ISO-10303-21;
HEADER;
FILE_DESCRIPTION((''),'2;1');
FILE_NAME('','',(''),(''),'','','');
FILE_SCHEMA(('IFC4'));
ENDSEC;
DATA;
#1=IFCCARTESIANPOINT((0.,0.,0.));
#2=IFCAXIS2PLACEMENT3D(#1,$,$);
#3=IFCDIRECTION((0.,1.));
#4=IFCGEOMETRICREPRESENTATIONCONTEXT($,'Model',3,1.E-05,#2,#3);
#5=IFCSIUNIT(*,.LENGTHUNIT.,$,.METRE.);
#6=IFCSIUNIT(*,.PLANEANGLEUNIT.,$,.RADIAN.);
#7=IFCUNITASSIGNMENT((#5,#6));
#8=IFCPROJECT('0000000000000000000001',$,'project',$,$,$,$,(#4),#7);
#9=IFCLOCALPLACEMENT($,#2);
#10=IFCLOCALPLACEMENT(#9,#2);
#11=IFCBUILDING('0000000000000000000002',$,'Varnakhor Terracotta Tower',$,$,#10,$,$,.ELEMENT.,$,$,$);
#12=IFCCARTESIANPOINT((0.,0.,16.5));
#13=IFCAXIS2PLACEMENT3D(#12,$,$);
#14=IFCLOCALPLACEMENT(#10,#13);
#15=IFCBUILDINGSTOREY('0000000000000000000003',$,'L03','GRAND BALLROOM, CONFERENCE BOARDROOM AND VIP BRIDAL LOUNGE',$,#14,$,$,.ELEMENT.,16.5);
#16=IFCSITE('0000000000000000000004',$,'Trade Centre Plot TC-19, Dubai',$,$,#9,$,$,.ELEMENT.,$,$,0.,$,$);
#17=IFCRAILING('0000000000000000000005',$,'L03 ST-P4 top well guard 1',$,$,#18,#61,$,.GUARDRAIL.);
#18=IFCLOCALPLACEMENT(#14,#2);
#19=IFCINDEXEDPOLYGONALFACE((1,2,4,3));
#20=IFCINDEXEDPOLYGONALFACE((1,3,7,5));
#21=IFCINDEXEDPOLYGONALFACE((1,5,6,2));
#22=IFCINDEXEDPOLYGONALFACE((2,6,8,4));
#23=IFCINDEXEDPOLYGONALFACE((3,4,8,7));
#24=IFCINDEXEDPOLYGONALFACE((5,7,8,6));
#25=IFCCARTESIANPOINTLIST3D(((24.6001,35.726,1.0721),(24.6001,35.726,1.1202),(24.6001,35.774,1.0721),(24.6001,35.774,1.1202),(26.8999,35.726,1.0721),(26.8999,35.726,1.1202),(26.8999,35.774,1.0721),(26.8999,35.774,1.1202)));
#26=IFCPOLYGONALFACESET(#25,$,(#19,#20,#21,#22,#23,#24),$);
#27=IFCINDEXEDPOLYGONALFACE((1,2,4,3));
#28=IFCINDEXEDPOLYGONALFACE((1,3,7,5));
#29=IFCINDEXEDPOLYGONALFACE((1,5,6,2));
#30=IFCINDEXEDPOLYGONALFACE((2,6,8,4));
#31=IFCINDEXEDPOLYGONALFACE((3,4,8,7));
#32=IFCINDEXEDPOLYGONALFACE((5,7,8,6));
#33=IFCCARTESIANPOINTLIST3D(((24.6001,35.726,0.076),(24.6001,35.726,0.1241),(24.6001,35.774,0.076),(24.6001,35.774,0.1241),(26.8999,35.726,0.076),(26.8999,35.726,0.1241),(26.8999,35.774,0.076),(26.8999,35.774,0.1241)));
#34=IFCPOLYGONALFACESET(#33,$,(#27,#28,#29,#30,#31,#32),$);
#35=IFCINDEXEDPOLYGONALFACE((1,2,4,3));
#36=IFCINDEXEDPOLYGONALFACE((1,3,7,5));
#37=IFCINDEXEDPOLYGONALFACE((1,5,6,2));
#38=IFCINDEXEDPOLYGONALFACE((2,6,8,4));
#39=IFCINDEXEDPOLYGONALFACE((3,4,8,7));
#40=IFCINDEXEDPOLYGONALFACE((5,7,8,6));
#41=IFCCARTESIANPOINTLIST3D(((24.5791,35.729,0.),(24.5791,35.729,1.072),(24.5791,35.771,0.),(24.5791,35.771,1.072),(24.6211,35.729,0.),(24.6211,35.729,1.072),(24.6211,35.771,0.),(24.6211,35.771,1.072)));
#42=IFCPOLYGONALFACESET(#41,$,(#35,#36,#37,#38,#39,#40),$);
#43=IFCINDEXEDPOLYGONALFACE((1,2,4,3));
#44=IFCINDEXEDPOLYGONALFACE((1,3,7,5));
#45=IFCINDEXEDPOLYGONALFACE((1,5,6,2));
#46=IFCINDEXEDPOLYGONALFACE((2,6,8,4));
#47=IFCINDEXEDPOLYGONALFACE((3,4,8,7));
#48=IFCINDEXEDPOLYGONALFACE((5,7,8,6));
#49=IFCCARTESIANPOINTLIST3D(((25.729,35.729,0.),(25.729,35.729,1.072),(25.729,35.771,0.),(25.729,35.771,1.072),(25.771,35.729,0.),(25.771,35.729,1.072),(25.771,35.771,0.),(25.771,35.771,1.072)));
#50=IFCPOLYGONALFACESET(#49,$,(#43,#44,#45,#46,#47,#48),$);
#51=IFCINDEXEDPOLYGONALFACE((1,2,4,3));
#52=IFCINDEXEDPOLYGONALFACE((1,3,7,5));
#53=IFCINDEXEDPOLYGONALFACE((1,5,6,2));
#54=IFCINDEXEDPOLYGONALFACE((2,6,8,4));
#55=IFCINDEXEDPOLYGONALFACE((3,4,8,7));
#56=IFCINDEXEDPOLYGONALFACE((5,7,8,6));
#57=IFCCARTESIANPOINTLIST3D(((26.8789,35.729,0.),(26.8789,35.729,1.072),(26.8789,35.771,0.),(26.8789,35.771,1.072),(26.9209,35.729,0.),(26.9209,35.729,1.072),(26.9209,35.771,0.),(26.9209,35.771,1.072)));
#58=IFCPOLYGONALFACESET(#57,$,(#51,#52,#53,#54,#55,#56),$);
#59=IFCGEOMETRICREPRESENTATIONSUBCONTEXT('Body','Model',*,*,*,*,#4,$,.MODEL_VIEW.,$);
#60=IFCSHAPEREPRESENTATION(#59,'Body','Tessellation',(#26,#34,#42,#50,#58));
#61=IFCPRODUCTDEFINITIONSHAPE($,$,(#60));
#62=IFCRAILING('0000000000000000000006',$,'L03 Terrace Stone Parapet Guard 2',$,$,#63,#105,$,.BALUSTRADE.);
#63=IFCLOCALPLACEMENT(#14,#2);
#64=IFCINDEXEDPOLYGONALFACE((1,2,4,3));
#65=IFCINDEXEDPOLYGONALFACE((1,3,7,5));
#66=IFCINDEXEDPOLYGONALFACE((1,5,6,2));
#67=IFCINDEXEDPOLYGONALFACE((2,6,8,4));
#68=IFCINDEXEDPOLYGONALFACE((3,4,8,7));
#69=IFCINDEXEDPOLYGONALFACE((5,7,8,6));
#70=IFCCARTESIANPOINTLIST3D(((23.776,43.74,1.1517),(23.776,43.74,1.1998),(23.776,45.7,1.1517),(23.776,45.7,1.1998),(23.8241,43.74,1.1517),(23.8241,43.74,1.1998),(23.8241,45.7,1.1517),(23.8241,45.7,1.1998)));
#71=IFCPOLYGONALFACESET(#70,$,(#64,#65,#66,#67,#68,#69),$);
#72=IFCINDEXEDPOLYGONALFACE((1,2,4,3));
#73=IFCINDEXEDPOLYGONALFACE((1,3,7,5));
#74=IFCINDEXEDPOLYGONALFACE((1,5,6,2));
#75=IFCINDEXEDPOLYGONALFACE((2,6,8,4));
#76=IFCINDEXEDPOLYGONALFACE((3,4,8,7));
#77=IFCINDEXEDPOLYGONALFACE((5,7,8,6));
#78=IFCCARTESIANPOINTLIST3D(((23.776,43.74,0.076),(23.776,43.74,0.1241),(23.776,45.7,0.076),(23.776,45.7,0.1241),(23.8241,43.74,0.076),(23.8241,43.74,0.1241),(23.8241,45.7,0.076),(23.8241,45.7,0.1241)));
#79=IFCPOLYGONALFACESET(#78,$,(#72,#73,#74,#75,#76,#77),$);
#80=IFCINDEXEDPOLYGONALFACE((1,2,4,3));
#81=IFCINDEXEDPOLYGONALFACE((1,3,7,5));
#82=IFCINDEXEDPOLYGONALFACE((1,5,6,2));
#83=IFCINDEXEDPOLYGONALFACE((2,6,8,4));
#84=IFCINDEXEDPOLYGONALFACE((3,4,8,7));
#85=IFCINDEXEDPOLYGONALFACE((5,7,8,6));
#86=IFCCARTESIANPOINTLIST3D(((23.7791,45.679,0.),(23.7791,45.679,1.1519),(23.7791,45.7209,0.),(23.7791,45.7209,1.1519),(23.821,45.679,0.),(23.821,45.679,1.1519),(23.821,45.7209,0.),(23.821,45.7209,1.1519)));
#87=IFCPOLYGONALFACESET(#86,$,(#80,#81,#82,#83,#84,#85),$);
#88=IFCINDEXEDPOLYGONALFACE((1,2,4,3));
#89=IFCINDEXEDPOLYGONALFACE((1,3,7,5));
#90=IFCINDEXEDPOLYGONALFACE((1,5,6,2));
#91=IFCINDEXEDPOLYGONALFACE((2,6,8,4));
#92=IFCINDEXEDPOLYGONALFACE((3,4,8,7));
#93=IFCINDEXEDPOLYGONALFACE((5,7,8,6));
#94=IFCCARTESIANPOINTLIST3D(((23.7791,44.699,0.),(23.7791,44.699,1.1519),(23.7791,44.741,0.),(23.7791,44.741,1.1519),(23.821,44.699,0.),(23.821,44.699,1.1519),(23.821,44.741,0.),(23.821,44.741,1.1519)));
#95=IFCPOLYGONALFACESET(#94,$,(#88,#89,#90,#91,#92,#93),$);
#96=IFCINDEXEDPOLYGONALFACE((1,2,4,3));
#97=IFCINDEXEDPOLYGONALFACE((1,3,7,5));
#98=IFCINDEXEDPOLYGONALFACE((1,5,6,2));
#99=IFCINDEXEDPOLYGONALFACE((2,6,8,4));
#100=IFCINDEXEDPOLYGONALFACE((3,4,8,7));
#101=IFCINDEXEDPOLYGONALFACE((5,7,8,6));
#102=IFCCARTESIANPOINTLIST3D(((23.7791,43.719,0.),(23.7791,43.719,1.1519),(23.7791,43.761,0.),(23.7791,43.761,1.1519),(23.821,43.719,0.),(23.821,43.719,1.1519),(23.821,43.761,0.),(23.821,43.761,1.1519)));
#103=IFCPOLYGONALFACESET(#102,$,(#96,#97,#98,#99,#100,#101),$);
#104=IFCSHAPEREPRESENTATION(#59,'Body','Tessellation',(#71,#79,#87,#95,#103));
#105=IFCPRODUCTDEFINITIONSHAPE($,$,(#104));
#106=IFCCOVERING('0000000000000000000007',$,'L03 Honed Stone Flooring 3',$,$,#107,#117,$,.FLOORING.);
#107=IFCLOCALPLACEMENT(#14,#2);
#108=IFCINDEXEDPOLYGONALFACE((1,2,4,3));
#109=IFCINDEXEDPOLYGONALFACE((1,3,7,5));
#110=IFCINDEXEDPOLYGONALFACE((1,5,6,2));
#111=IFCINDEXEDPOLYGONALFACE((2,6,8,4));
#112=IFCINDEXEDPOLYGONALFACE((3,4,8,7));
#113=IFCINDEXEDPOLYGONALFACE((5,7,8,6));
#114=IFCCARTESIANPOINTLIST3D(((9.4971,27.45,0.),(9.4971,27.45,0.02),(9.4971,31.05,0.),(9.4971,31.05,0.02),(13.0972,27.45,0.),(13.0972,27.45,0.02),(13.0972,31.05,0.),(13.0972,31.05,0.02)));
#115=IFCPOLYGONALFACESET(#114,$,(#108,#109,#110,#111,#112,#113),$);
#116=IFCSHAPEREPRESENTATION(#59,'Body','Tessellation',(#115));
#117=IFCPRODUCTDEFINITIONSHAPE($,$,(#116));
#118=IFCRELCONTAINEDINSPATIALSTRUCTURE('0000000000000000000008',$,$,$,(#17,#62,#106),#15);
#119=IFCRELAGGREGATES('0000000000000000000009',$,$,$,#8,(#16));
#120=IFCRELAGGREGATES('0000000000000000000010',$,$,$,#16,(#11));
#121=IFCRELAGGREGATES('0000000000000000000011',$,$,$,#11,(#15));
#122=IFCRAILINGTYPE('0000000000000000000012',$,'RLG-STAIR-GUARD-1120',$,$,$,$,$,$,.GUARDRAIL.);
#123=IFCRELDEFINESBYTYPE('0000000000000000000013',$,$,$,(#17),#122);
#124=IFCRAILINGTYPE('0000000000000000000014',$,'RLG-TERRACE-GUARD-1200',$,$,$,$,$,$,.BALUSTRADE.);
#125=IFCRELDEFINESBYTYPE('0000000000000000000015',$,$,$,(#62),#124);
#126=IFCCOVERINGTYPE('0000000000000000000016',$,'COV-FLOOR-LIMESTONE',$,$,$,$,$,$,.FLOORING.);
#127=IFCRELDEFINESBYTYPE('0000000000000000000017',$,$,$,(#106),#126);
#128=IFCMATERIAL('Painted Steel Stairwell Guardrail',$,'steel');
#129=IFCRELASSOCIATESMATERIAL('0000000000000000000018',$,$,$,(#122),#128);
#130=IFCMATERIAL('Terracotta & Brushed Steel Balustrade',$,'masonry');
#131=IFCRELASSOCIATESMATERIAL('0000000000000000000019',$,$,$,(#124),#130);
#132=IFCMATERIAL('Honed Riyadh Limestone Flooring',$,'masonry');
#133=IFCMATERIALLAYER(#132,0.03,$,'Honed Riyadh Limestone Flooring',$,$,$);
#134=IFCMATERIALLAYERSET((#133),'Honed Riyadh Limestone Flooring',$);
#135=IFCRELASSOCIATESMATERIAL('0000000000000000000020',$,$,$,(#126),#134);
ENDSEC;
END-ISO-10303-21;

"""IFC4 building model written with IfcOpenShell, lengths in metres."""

from ifc_helpers import new_model, si_unit, direction, frame, origin, origin_2d, place, context, subcontext, project, spatial, rectangle, extrude, source, transform, mapped, material, layer, layer_set, type_object, element, save


model = new_model("IFC4")

# Units and contexts
model_context = context("Model", 3, precision=1e-05, world=origin(), true_north=direction((0.0, 1.0)))
body_context = subcontext(model_context, "Body", "Model", "MODEL_VIEW")
ifc_project = project(units=[si_unit("LENGTHUNIT", "METRE"), si_unit("PLANEANGLEUNIT", "RADIAN")], contexts=[model_context])

# Site, building, storey
site_placement = place(None, origin())
site = spatial("IfcSite", under=ifc_project, at=site_placement, Name="Trade Centre Plot TC-19, Dubai", CompositionType="ELEMENT", RefElevation=0.0)
building_placement = place(site_placement, origin())
building = spatial("IfcBuilding", under=site, at=building_placement, Name="Varnakhor Terracotta Tower", CompositionType="ELEMENT")
storey_placement = place(building_placement, frame((0.0, 0.0, 16.5)))
storey = spatial("IfcBuildingStorey", under=building, at=storey_placement, Name="L03", Description="GRAND BALLROOM, CONFERENCE BOARDROOM AND VIP BRIDAL LOUNGE", CompositionType="ELEMENT", Elevation=16.5)

# Railings
ifc_material_1 = material(Name="Painted Steel Stairwell Guardrail", Category="steel")
railing_type_1 = type_object("IfcRailingType", Name="RLG-STAIR-GUARD-1120", PredefinedType="GUARDRAIL", material=ifc_material_1)
railing_1_placement = place(storey_placement, frame((24.6001, 35.75, 0.0)))
element("IfcRailing", 1, at=railing_1_placement, inside=storey, type_object=railing_type_1, Name="L03 ST-P4 top well guard 1", PredefinedType="GUARDRAIL", context=body_context, shape_type="SweptSolid", body=[
    extrude(rectangle(XDim=0.0481, YDim=0.0481, at=origin_2d()), frame((0.0, 0.0, 1.0962), z_axis=(1.0, 0.0, 0.0), x_axis=(0.0, 1.0, 0.0)), (0.0, 0.0, 1.0), 2.2998),
    extrude(rectangle(XDim=0.0481, YDim=0.0481, at=origin_2d()), frame((0.0, 0.0, 0.1001), z_axis=(1.0, 0.0, 0.0), x_axis=(0.0, 1.0, 0.0)), (0.0, 0.0, 1.0), 2.2998),
    extrude(rectangle(XDim=0.042, YDim=0.042, at=origin_2d()), origin(), (0.0, 0.0, 1.0), 1.072),
    extrude(rectangle(XDim=0.042, YDim=0.042, at=origin_2d()), frame((1.1499, 0.0, 0.0)), (0.0, 0.0, 1.0), 1.072),
    extrude(rectangle(XDim=0.042, YDim=0.042, at=origin_2d()), frame((2.2998, 0.0, 0.0)), (0.0, 0.0, 1.0), 1.072),
])
ifc_material_2 = material(Name="Terracotta & Brushed Steel Balustrade", Category="masonry")
railing_type_2 = type_object("IfcRailingType", Name="RLG-TERRACE-GUARD-1200", PredefinedType="BALUSTRADE", material=ifc_material_2)
railing_2_placement = place(storey_placement, frame((23.8, 45.7, 0.0)))
element("IfcRailing", 2, at=railing_2_placement, inside=storey, type_object=railing_type_2, Name="L03 Terrace Stone Parapet Guard 2", PredefinedType="BALUSTRADE", context=body_context, shape_type="SweptSolid", body=[
    extrude(rectangle(XDim=0.0481, YDim=0.0481, at=origin_2d()), frame((0.0, 0.0, 1.1758), z_axis=(0.0, -1.0, 0.0), x_axis=(1.0, 0.0, 0.0)), (0.0, 0.0, 1.0), 1.96),
    extrude(rectangle(XDim=0.0481, YDim=0.0481, at=origin_2d()), frame((0.0, 0.0, 0.1001), z_axis=(0.0, -1.0, 0.0), x_axis=(1.0, 0.0, 0.0)), (0.0, 0.0, 1.0), 1.96),
    extrude(rectangle(XDim=0.042, YDim=0.042, at=origin_2d()), origin(), (0.0, 0.0, 1.0), 1.1519),
    extrude(rectangle(XDim=0.042, YDim=0.042, at=origin_2d()), frame((0.0, -0.98, 0.0)), (0.0, 0.0, 1.0), 1.1519),
    extrude(rectangle(XDim=0.042, YDim=0.042, at=origin_2d()), frame((0.0, -1.96, 0.0)), (0.0, 0.0, 1.0), 1.1519),
])

# Covering
ifc_material_3 = material(Name="Honed Riyadh Limestone Flooring", Category="masonry")
ifc_layer_1 = layer(ifc_material_3, 0.03, Name="Honed Riyadh Limestone Flooring")
ifc_layer_set_1 = layer_set([ifc_layer_1], Name="Honed Riyadh Limestone Flooring")
covering_type = type_object("IfcCoveringType", Name="COV-FLOOR-LIMESTONE", PredefinedType="FLOORING", material=ifc_layer_set_1)
shared_shape_1 = source(origin(), body_context, "Body", "SweptSolid", [
    extrude(rectangle(XDim=3.6001, YDim=3.6001, at=origin_2d()), origin(), (0.0, 0.0, 1.0), 0.02),
])
covering_placement = place(storey_placement, frame((11.2971, 29.25, 0.0), z_axis=(0.0, 0.0, 1.0), x_axis=(1.0, 0.0, 0.0)))
element("IfcCovering", 3, at=covering_placement, inside=storey, type_object=covering_type, Name="L03 Honed Stone Flooring 3", PredefinedType="FLOORING", context=body_context, shape_type="MappedRepresentation", body=[
    mapped(shared_shape_1, transform((0.0, 0.0, 0.0), scale=1.0)),
])

save(model, "model.ifc")
